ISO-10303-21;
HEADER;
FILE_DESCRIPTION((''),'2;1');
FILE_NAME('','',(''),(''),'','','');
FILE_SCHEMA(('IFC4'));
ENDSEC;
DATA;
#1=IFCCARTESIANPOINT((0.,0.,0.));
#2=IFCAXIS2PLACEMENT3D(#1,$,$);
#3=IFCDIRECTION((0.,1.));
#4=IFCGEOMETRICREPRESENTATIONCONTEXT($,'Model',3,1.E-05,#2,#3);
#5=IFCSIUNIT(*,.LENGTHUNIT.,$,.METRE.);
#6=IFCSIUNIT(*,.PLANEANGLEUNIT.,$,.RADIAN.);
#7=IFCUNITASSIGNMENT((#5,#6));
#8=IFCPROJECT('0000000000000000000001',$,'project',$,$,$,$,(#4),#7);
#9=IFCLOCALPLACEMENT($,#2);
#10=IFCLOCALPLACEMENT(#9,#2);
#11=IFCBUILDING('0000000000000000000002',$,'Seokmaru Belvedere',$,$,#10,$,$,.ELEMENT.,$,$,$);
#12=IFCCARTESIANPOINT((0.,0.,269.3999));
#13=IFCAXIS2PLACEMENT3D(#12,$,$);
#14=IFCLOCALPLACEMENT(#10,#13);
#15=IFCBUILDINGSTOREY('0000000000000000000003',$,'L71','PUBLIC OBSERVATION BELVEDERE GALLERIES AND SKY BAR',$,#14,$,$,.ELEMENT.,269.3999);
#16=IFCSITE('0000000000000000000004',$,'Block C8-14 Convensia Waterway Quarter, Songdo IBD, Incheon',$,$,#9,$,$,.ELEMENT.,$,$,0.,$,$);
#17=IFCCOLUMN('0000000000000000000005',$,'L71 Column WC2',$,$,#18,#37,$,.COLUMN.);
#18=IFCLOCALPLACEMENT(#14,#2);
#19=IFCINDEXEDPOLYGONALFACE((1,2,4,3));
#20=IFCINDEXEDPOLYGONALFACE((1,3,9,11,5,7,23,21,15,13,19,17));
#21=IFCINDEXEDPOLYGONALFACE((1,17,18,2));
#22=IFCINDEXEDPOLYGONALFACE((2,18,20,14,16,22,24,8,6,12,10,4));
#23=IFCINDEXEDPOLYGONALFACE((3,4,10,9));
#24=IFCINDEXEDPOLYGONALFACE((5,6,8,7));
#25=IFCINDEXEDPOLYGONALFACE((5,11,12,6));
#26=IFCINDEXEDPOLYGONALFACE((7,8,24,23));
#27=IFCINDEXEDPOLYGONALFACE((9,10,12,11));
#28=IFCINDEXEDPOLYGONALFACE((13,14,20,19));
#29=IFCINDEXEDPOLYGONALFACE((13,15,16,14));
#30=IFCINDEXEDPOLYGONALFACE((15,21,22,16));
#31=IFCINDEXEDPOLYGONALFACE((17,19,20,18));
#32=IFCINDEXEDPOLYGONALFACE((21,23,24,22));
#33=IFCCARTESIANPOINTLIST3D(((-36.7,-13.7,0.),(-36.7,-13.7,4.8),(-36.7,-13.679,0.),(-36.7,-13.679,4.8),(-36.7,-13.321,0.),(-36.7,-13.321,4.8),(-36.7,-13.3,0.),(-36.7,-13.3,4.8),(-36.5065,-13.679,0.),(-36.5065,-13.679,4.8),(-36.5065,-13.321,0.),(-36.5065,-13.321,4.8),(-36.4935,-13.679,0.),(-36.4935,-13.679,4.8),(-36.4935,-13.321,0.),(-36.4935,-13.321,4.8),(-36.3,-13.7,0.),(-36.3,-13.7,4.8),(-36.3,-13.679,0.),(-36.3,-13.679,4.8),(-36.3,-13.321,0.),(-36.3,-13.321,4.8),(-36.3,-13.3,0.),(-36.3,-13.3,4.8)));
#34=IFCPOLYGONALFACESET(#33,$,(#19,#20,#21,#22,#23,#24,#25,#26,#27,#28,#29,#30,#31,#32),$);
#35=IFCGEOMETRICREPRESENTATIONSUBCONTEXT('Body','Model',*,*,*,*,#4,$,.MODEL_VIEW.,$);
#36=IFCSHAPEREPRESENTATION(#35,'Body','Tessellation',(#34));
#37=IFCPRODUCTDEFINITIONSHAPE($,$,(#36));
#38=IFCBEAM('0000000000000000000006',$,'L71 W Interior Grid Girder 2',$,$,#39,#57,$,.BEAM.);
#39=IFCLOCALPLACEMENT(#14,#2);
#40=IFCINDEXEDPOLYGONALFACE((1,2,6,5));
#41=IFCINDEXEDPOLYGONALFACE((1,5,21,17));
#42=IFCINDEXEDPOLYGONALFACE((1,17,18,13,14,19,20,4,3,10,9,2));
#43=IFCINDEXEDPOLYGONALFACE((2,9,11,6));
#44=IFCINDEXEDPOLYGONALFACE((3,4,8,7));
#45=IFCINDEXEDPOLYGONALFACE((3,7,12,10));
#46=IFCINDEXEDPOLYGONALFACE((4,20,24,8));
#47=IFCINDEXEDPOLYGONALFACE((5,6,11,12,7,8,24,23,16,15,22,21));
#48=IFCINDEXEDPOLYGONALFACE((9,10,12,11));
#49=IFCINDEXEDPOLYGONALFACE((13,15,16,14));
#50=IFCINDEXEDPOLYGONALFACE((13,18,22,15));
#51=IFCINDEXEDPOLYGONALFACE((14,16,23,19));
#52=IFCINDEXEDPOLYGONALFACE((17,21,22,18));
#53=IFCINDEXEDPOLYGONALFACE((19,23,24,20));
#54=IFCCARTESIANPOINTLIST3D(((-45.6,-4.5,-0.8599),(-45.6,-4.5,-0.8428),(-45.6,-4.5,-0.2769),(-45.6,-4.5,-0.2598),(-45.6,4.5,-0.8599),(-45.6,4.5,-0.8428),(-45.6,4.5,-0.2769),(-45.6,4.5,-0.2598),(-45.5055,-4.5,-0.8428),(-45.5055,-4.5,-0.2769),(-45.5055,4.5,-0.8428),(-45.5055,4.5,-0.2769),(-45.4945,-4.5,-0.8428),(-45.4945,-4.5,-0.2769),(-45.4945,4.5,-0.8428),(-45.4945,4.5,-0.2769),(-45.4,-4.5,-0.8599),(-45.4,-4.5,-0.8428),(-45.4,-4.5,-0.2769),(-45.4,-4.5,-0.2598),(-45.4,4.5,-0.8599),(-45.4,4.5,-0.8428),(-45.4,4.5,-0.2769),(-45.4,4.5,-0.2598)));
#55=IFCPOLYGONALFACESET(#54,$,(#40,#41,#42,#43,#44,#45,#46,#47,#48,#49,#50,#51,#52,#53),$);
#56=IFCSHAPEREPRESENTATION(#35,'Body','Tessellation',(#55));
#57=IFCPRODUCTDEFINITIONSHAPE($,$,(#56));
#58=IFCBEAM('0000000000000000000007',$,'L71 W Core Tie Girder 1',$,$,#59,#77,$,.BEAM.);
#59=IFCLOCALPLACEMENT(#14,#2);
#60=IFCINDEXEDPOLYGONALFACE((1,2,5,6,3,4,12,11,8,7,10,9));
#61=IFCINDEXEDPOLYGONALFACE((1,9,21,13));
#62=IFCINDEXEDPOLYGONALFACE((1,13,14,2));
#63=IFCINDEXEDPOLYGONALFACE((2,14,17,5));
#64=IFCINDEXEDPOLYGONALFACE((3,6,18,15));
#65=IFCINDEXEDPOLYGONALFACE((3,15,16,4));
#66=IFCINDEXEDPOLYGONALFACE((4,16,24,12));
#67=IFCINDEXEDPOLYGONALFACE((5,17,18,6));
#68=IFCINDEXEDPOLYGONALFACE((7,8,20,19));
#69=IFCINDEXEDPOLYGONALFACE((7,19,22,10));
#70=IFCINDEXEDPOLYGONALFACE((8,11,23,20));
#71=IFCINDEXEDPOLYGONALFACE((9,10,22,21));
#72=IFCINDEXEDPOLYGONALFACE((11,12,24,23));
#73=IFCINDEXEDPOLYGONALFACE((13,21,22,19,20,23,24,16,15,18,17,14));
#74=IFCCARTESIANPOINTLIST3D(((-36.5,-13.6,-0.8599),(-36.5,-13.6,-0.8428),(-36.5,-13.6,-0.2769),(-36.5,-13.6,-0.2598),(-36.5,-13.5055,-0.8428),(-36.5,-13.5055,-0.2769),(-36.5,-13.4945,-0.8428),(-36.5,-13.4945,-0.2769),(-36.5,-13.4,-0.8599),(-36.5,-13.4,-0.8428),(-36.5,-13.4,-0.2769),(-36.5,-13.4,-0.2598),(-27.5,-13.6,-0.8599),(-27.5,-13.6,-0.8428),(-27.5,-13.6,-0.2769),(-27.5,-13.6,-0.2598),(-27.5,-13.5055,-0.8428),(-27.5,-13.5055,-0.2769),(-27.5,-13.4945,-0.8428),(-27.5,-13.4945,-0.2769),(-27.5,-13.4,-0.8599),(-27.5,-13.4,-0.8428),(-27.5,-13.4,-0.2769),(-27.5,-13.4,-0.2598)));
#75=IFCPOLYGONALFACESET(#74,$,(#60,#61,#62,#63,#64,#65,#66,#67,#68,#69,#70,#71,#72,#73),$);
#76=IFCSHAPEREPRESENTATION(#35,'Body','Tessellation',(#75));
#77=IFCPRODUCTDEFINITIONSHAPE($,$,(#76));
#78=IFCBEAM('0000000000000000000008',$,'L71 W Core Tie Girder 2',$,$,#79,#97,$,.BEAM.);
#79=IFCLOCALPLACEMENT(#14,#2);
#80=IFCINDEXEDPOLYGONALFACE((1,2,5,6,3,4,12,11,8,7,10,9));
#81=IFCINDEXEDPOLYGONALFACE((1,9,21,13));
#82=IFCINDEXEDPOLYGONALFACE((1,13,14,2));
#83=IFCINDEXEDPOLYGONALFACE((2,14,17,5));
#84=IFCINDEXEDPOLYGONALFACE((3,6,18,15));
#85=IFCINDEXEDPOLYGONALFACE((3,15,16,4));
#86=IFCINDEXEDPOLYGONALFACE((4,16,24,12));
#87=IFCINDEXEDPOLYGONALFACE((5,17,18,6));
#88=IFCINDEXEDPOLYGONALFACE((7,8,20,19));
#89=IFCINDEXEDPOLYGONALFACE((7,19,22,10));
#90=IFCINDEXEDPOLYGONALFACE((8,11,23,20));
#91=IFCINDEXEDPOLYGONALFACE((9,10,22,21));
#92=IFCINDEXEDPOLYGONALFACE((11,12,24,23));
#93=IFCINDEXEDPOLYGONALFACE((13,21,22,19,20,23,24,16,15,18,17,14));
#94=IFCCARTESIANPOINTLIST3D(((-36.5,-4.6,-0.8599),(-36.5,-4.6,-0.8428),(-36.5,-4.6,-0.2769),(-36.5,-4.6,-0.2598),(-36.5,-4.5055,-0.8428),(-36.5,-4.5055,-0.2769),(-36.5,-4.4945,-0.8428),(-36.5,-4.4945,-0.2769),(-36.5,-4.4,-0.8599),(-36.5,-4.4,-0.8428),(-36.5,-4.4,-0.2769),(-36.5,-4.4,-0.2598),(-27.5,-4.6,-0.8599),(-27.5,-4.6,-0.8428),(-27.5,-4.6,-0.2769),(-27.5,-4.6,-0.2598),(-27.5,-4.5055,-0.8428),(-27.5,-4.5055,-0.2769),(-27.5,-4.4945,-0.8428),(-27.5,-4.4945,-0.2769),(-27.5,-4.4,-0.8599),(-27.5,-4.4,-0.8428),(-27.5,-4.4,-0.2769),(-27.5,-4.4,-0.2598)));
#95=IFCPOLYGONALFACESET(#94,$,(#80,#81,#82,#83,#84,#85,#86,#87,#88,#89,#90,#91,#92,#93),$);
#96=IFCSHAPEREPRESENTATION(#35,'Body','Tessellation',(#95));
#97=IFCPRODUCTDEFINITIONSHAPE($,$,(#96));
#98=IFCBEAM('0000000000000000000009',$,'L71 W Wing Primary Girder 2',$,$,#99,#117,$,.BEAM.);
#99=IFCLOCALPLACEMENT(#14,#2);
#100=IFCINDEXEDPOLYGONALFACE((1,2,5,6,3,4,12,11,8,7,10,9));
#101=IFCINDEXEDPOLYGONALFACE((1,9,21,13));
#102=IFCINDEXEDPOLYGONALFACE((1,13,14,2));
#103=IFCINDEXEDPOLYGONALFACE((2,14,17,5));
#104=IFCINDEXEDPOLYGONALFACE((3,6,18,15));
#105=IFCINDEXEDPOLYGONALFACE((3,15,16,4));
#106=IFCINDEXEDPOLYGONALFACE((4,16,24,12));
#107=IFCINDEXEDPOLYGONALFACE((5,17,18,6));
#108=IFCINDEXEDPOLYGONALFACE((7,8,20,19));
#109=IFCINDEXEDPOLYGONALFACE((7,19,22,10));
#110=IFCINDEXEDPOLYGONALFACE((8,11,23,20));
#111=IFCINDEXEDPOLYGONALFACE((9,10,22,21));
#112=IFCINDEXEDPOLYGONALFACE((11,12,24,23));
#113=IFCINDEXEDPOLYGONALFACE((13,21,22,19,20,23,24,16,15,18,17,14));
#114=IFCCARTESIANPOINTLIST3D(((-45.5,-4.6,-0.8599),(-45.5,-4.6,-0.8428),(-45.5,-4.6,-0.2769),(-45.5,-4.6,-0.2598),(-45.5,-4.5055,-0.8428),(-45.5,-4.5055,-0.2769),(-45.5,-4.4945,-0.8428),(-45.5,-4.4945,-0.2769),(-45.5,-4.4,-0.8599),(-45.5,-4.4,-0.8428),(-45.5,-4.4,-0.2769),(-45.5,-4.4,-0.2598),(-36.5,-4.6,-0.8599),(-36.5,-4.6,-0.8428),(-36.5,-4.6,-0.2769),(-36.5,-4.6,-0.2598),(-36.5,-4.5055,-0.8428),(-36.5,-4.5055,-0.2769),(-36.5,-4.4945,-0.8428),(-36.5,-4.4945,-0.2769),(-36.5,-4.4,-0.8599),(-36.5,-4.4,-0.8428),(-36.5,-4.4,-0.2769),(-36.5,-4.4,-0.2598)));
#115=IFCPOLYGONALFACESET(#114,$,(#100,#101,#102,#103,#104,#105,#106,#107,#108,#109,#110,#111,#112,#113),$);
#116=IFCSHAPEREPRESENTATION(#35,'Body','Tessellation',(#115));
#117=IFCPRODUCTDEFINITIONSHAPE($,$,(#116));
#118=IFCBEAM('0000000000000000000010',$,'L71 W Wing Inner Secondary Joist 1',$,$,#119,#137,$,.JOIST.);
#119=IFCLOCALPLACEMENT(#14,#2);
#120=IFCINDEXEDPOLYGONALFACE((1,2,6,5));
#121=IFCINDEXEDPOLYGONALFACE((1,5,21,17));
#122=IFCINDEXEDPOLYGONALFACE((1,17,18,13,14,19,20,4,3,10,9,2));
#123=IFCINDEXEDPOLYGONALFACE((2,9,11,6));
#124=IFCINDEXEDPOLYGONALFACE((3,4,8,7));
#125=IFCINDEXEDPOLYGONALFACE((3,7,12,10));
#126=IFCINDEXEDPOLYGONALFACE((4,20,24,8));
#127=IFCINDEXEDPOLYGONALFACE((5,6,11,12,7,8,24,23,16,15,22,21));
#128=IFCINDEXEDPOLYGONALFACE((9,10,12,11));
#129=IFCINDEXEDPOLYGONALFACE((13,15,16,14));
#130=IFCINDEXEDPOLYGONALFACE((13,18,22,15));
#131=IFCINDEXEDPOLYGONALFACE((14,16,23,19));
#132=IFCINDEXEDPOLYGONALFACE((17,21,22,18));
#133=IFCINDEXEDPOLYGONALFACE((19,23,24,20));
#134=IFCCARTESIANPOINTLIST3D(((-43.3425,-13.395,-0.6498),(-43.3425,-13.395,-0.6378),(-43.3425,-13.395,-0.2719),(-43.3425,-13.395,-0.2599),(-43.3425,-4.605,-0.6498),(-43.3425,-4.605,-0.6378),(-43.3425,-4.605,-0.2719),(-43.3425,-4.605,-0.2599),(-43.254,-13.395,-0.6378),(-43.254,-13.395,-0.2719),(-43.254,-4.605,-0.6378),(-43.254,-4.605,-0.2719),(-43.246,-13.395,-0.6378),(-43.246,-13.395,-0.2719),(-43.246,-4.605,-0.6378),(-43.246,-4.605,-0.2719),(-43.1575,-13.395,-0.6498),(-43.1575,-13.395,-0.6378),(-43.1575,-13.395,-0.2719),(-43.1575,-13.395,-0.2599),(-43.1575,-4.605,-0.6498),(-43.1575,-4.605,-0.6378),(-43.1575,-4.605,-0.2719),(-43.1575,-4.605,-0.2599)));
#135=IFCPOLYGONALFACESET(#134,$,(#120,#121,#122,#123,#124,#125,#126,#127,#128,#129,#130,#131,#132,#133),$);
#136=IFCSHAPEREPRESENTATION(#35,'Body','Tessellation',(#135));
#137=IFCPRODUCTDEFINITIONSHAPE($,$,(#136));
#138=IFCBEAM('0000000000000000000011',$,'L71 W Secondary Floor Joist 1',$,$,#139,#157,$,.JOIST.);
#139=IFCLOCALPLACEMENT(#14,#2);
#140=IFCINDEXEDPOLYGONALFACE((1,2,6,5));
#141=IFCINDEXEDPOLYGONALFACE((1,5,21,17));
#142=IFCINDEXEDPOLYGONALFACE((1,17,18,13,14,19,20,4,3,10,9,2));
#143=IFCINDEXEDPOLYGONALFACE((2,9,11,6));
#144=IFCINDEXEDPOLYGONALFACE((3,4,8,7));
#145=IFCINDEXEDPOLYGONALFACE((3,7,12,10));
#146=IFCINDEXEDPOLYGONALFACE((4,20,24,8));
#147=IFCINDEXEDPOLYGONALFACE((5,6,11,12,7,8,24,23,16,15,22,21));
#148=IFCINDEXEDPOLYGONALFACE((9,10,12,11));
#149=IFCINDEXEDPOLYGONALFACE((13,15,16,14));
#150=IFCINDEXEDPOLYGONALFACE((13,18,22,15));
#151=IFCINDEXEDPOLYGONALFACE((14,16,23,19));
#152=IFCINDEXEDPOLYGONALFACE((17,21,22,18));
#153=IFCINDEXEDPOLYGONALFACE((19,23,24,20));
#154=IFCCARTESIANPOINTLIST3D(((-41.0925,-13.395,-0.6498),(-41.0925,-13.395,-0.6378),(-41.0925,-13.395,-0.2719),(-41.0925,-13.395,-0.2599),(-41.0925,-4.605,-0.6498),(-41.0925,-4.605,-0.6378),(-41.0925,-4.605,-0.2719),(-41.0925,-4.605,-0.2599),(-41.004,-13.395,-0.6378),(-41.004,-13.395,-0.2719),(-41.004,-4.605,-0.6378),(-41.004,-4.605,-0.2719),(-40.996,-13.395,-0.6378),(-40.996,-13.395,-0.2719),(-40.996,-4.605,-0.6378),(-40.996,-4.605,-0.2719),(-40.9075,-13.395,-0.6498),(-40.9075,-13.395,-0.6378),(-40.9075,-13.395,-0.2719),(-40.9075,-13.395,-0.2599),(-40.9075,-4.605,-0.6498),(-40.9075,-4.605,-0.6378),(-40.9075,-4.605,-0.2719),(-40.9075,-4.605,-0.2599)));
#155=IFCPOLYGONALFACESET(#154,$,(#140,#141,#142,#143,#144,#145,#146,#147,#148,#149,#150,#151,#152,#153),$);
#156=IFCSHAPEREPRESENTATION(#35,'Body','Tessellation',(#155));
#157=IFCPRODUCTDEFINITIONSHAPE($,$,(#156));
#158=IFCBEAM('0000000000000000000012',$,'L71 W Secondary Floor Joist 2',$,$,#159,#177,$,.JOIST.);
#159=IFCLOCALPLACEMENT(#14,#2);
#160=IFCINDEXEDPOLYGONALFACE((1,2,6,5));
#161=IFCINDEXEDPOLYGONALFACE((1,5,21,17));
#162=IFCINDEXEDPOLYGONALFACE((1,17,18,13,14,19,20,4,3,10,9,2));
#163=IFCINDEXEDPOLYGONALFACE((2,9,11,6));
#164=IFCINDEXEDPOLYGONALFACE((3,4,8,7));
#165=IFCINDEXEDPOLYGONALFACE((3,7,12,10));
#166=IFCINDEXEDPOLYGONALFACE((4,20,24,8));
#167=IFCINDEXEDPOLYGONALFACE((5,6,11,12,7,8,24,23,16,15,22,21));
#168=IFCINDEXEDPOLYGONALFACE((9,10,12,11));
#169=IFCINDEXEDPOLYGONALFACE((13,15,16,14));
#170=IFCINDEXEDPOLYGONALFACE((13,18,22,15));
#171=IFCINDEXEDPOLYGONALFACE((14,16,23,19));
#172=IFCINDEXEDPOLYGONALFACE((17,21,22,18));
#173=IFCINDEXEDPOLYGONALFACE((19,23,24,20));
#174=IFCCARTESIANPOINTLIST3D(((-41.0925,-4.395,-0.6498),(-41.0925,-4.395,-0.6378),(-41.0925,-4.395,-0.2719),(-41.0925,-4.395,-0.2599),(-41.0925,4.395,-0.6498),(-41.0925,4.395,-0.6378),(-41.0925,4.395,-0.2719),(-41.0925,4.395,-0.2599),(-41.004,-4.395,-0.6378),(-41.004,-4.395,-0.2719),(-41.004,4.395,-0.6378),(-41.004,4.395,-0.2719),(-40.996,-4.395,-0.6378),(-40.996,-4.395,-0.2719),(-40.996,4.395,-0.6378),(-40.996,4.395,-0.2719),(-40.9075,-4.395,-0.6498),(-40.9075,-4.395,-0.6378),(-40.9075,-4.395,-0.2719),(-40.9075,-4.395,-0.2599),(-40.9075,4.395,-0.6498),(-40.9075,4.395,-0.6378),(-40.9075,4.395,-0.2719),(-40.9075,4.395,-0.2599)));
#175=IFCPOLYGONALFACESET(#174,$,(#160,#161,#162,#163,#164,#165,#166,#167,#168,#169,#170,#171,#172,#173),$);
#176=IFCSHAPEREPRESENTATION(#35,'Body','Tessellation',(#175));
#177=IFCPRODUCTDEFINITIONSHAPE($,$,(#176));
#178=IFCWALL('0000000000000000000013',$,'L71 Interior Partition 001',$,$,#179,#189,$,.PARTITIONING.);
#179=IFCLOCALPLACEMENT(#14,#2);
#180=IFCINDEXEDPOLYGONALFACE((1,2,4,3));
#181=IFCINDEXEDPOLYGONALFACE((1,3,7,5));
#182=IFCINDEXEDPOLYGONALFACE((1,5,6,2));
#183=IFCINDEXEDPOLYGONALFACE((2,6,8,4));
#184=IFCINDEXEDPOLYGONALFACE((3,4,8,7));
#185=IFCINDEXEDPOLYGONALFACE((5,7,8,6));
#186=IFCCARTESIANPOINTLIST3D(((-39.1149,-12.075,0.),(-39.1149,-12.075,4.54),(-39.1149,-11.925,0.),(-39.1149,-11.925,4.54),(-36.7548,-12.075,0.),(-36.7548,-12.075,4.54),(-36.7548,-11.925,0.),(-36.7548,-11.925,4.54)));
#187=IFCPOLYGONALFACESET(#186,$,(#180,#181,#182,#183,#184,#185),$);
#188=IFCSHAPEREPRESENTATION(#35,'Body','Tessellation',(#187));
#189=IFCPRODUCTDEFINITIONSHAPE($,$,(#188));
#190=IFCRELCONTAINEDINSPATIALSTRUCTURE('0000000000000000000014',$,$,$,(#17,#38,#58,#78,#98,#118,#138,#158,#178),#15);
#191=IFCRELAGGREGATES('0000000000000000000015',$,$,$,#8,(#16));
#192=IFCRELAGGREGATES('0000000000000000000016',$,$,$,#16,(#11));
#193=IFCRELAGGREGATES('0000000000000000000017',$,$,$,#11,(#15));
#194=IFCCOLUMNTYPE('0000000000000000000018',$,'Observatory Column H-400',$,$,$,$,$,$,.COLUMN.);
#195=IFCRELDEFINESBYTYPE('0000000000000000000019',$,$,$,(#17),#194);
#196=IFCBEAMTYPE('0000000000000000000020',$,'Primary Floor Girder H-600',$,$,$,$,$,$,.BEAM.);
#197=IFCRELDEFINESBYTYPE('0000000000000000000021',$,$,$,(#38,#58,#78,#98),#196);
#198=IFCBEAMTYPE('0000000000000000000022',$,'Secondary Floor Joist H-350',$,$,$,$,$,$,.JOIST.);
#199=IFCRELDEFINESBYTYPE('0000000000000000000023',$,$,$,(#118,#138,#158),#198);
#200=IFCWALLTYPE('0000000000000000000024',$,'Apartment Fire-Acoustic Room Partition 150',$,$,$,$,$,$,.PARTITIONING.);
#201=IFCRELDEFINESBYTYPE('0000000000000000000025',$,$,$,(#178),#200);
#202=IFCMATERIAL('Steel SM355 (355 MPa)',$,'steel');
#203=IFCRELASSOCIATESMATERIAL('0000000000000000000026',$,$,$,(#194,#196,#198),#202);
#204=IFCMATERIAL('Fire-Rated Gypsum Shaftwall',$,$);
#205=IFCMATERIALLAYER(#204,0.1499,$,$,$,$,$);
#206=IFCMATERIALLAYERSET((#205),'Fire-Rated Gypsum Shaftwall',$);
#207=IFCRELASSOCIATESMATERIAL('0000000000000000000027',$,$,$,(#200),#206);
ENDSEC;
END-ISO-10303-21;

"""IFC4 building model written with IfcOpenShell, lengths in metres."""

from ifc_helpers import new_model, si_unit, direction, frame, frame_2d, origin, origin_2d, place, context, subcontext, project, spatial, rectangle, i_section, extrude, source, transform, mapped, material, layer, layer_set, material_profile, profile_set, type_object, type_shapes, element, save


model = new_model("IFC4")

# Units and contexts
model_context = context("Model", 3, precision=1e-05, world=origin(), true_north=direction((0.0, 1.0)))
body_context = subcontext(model_context, "Body", "Model", "MODEL_VIEW")
ifc_project = project(units=[si_unit("LENGTHUNIT", "METRE"), si_unit("PLANEANGLEUNIT", "RADIAN")], contexts=[model_context])

# Site, building, storey
site_placement = place(None, origin())
site = spatial("IfcSite", under=ifc_project, at=site_placement, Name="Block C8-14 Convensia Waterway Quarter, Songdo IBD, Incheon", CompositionType="ELEMENT", RefElevation=0.0)
building_placement = place(site_placement, origin())
building = spatial("IfcBuilding", under=site, at=building_placement, Name="Seokmaru Belvedere", CompositionType="ELEMENT")
storey_placement = place(building_placement, frame((0.0, 0.0, 269.3999)))
storey = spatial("IfcBuildingStorey", under=building, at=storey_placement, Name="L71", Description="PUBLIC OBSERVATION BELVEDERE GALLERIES AND SKY BAR", CompositionType="ELEMENT", Elevation=269.3999)

# Column
ifc_material_1 = material(Name="Steel SM355 (355 MPa)", Category="steel")
ifc_material_profile_1 = material_profile(ifc_material_1, i_section(OverallWidth=0.3999, OverallDepth=0.3999, WebThickness=0.0129, FlangeThickness=0.021, at=origin_2d()), Name="H-400x400x13x21")
ifc_profile_set_1 = profile_set([ifc_material_profile_1], Name="Steel SM355 (355 MPa)")
column_type = type_object("IfcColumnType", Name="Observatory Column H-400", PredefinedType="COLUMN", material=ifc_profile_set_1)
shared_shape_1 = source(origin(), body_context, "Body", "SweptSolid", [
    extrude(i_section(OverallWidth=0.3999, OverallDepth=0.3999, WebThickness=0.0129, FlangeThickness=0.021, at=origin_2d()), origin(), (0.0, 0.0, 1.0), 4.8),
])
type_shapes(column_type, [shared_shape_1])
column_placement = place(storey_placement, frame((-36.5, -13.5, 0.0), z_axis=(0.0, 0.0, 1.0), x_axis=(1.0, 0.0, 0.0)))
element("IfcColumn", 1, at=column_placement, inside=storey, type_object=column_type, Name="L71 Column WC2", PredefinedType="COLUMN", context=body_context, shape_type="MappedRepresentation", body=[
    mapped(shared_shape_1, transform((0.0, 0.0, 0.0), scale=1.0)),
])

# Beams
ifc_material_profile_2 = material_profile(ifc_material_1, i_section(OverallWidth=0.2, OverallDepth=0.6001, WebThickness=0.011, FlangeThickness=0.0171, at=origin_2d()), Name="H-600x200x11x17")
ifc_profile_set_2 = profile_set([ifc_material_profile_2], Name="Steel SM355 (355 MPa)")
beam_type_1 = type_object("IfcBeamType", Name="Primary Floor Girder H-600", PredefinedType="BEAM", material=ifc_profile_set_2)
shared_shape_2 = source(origin(), body_context, "Body", "SweptSolid", [
    extrude(i_section(OverallWidth=0.2, OverallDepth=0.6001, WebThickness=0.011, FlangeThickness=0.0171, at=origin_2d()), origin(), (0.0, 0.0, 1.0), 9.0),
])
type_shapes(beam_type_1, [shared_shape_2])
for number, where, z_axis, x_axis, name in (
    (2, (-45.5, -4.5, -0.5598), (0.0, 1.0, 0.0), (-1.0, 0.0, 0.0), "L71 W Interior Grid Girder 2"),
    (3, (-36.5, -13.5, -0.5598), (1.0, 0.0, 0.0), (0.0, 1.0, 0.0), "L71 W Core Tie Girder 1"),
    (4, (-36.5, -4.5, -0.5598), (1.0, 0.0, 0.0), (0.0, 1.0, 0.0), "L71 W Core Tie Girder 2"),
    (5, (-45.5, -4.5, -0.5598), (1.0, 0.0, 0.0), (0.0, 1.0, 0.0), "L71 W Wing Primary Girder 2"),
):
    element("IfcBeam", number, at=place(storey_placement, frame(where, z_axis=z_axis, x_axis=x_axis)), inside=storey, type_object=beam_type_1, Name=name, PredefinedType="BEAM", context=body_context, shape_type="MappedRepresentation", body=[
        mapped(shared_shape_2, transform((0.0, 0.0, 0.0), scale=1.0)),
    ])
ifc_material_profile_3 = material_profile(ifc_material_1, i_section(OverallWidth=0.1851, OverallDepth=0.3899, WebThickness=0.0081, FlangeThickness=0.012, at=origin_2d()), Name="H-390x185x8x12")
ifc_profile_set_3 = profile_set([ifc_material_profile_3], Name="Steel SM355 (355 MPa)")
beam_type_2 = type_object("IfcBeamType", Name="Secondary Floor Joist H-350", PredefinedType="JOIST", material=ifc_profile_set_3)
shared_shape_3 = source(origin(), body_context, "Body", "SweptSolid", [
    extrude(i_section(OverallWidth=0.1851, OverallDepth=0.3899, WebThickness=0.0081, FlangeThickness=0.012, at=origin_2d()), origin(), (0.0, 0.0, 1.0), 8.79),
])
type_shapes(beam_type_2, [shared_shape_3])
for number, where, z_axis, x_axis, name in (
    (6, (-43.25, -13.395, -0.4548), (0.0, 1.0, 0.0), (-1.0, 0.0, 0.0), "L71 W Wing Inner Secondary Joist 1"),
    (7, (-41.0, -13.395, -0.4548), (0.0, 1.0, 0.0), (-1.0, 0.0, 0.0), "L71 W Secondary Floor Joist 1"),
    (8, (-41.0, -4.395, -0.4548), (0.0, 1.0, 0.0), (-1.0, 0.0, 0.0), "L71 W Secondary Floor Joist 2"),
):
    element("IfcBeam", number, at=place(storey_placement, frame(where, z_axis=z_axis, x_axis=x_axis)), inside=storey, type_object=beam_type_2, Name=name, PredefinedType="JOIST", context=body_context, shape_type="MappedRepresentation", body=[
        mapped(shared_shape_3, transform((0.0, 0.0, 0.0), scale=1.0)),
    ])

# Wall
ifc_material_2 = material(Name="Fire-Rated Gypsum Shaftwall")
ifc_layer_1 = layer(ifc_material_2, 0.1499)
ifc_layer_set_1 = layer_set([ifc_layer_1], Name="Fire-Rated Gypsum Shaftwall")
wall_type_1 = type_object("IfcWallType", Name="Apartment Fire-Acoustic Room Partition 150", PredefinedType="PARTITIONING", material=ifc_layer_set_1)
wall_1_placement = place(storey_placement, frame((-39.115, -12.0, 0.0), z_axis=(0.0, 0.0, 1.0), x_axis=(1.0, 0.0, 0.0)))
element("IfcWall", 9, at=wall_1_placement, inside=storey, type_object=wall_type_1, Name="L71 Interior Partition 001", PredefinedType="PARTITIONING", context=body_context, shape_type="SweptSolid", body=[
    extrude(rectangle(XDim=2.3601, YDim=0.1499, at=frame_2d((1.1802, 0.0))), origin(), (0.0, 0.0, 1.0), 4.54),
])

save(model, "model.ifc")
